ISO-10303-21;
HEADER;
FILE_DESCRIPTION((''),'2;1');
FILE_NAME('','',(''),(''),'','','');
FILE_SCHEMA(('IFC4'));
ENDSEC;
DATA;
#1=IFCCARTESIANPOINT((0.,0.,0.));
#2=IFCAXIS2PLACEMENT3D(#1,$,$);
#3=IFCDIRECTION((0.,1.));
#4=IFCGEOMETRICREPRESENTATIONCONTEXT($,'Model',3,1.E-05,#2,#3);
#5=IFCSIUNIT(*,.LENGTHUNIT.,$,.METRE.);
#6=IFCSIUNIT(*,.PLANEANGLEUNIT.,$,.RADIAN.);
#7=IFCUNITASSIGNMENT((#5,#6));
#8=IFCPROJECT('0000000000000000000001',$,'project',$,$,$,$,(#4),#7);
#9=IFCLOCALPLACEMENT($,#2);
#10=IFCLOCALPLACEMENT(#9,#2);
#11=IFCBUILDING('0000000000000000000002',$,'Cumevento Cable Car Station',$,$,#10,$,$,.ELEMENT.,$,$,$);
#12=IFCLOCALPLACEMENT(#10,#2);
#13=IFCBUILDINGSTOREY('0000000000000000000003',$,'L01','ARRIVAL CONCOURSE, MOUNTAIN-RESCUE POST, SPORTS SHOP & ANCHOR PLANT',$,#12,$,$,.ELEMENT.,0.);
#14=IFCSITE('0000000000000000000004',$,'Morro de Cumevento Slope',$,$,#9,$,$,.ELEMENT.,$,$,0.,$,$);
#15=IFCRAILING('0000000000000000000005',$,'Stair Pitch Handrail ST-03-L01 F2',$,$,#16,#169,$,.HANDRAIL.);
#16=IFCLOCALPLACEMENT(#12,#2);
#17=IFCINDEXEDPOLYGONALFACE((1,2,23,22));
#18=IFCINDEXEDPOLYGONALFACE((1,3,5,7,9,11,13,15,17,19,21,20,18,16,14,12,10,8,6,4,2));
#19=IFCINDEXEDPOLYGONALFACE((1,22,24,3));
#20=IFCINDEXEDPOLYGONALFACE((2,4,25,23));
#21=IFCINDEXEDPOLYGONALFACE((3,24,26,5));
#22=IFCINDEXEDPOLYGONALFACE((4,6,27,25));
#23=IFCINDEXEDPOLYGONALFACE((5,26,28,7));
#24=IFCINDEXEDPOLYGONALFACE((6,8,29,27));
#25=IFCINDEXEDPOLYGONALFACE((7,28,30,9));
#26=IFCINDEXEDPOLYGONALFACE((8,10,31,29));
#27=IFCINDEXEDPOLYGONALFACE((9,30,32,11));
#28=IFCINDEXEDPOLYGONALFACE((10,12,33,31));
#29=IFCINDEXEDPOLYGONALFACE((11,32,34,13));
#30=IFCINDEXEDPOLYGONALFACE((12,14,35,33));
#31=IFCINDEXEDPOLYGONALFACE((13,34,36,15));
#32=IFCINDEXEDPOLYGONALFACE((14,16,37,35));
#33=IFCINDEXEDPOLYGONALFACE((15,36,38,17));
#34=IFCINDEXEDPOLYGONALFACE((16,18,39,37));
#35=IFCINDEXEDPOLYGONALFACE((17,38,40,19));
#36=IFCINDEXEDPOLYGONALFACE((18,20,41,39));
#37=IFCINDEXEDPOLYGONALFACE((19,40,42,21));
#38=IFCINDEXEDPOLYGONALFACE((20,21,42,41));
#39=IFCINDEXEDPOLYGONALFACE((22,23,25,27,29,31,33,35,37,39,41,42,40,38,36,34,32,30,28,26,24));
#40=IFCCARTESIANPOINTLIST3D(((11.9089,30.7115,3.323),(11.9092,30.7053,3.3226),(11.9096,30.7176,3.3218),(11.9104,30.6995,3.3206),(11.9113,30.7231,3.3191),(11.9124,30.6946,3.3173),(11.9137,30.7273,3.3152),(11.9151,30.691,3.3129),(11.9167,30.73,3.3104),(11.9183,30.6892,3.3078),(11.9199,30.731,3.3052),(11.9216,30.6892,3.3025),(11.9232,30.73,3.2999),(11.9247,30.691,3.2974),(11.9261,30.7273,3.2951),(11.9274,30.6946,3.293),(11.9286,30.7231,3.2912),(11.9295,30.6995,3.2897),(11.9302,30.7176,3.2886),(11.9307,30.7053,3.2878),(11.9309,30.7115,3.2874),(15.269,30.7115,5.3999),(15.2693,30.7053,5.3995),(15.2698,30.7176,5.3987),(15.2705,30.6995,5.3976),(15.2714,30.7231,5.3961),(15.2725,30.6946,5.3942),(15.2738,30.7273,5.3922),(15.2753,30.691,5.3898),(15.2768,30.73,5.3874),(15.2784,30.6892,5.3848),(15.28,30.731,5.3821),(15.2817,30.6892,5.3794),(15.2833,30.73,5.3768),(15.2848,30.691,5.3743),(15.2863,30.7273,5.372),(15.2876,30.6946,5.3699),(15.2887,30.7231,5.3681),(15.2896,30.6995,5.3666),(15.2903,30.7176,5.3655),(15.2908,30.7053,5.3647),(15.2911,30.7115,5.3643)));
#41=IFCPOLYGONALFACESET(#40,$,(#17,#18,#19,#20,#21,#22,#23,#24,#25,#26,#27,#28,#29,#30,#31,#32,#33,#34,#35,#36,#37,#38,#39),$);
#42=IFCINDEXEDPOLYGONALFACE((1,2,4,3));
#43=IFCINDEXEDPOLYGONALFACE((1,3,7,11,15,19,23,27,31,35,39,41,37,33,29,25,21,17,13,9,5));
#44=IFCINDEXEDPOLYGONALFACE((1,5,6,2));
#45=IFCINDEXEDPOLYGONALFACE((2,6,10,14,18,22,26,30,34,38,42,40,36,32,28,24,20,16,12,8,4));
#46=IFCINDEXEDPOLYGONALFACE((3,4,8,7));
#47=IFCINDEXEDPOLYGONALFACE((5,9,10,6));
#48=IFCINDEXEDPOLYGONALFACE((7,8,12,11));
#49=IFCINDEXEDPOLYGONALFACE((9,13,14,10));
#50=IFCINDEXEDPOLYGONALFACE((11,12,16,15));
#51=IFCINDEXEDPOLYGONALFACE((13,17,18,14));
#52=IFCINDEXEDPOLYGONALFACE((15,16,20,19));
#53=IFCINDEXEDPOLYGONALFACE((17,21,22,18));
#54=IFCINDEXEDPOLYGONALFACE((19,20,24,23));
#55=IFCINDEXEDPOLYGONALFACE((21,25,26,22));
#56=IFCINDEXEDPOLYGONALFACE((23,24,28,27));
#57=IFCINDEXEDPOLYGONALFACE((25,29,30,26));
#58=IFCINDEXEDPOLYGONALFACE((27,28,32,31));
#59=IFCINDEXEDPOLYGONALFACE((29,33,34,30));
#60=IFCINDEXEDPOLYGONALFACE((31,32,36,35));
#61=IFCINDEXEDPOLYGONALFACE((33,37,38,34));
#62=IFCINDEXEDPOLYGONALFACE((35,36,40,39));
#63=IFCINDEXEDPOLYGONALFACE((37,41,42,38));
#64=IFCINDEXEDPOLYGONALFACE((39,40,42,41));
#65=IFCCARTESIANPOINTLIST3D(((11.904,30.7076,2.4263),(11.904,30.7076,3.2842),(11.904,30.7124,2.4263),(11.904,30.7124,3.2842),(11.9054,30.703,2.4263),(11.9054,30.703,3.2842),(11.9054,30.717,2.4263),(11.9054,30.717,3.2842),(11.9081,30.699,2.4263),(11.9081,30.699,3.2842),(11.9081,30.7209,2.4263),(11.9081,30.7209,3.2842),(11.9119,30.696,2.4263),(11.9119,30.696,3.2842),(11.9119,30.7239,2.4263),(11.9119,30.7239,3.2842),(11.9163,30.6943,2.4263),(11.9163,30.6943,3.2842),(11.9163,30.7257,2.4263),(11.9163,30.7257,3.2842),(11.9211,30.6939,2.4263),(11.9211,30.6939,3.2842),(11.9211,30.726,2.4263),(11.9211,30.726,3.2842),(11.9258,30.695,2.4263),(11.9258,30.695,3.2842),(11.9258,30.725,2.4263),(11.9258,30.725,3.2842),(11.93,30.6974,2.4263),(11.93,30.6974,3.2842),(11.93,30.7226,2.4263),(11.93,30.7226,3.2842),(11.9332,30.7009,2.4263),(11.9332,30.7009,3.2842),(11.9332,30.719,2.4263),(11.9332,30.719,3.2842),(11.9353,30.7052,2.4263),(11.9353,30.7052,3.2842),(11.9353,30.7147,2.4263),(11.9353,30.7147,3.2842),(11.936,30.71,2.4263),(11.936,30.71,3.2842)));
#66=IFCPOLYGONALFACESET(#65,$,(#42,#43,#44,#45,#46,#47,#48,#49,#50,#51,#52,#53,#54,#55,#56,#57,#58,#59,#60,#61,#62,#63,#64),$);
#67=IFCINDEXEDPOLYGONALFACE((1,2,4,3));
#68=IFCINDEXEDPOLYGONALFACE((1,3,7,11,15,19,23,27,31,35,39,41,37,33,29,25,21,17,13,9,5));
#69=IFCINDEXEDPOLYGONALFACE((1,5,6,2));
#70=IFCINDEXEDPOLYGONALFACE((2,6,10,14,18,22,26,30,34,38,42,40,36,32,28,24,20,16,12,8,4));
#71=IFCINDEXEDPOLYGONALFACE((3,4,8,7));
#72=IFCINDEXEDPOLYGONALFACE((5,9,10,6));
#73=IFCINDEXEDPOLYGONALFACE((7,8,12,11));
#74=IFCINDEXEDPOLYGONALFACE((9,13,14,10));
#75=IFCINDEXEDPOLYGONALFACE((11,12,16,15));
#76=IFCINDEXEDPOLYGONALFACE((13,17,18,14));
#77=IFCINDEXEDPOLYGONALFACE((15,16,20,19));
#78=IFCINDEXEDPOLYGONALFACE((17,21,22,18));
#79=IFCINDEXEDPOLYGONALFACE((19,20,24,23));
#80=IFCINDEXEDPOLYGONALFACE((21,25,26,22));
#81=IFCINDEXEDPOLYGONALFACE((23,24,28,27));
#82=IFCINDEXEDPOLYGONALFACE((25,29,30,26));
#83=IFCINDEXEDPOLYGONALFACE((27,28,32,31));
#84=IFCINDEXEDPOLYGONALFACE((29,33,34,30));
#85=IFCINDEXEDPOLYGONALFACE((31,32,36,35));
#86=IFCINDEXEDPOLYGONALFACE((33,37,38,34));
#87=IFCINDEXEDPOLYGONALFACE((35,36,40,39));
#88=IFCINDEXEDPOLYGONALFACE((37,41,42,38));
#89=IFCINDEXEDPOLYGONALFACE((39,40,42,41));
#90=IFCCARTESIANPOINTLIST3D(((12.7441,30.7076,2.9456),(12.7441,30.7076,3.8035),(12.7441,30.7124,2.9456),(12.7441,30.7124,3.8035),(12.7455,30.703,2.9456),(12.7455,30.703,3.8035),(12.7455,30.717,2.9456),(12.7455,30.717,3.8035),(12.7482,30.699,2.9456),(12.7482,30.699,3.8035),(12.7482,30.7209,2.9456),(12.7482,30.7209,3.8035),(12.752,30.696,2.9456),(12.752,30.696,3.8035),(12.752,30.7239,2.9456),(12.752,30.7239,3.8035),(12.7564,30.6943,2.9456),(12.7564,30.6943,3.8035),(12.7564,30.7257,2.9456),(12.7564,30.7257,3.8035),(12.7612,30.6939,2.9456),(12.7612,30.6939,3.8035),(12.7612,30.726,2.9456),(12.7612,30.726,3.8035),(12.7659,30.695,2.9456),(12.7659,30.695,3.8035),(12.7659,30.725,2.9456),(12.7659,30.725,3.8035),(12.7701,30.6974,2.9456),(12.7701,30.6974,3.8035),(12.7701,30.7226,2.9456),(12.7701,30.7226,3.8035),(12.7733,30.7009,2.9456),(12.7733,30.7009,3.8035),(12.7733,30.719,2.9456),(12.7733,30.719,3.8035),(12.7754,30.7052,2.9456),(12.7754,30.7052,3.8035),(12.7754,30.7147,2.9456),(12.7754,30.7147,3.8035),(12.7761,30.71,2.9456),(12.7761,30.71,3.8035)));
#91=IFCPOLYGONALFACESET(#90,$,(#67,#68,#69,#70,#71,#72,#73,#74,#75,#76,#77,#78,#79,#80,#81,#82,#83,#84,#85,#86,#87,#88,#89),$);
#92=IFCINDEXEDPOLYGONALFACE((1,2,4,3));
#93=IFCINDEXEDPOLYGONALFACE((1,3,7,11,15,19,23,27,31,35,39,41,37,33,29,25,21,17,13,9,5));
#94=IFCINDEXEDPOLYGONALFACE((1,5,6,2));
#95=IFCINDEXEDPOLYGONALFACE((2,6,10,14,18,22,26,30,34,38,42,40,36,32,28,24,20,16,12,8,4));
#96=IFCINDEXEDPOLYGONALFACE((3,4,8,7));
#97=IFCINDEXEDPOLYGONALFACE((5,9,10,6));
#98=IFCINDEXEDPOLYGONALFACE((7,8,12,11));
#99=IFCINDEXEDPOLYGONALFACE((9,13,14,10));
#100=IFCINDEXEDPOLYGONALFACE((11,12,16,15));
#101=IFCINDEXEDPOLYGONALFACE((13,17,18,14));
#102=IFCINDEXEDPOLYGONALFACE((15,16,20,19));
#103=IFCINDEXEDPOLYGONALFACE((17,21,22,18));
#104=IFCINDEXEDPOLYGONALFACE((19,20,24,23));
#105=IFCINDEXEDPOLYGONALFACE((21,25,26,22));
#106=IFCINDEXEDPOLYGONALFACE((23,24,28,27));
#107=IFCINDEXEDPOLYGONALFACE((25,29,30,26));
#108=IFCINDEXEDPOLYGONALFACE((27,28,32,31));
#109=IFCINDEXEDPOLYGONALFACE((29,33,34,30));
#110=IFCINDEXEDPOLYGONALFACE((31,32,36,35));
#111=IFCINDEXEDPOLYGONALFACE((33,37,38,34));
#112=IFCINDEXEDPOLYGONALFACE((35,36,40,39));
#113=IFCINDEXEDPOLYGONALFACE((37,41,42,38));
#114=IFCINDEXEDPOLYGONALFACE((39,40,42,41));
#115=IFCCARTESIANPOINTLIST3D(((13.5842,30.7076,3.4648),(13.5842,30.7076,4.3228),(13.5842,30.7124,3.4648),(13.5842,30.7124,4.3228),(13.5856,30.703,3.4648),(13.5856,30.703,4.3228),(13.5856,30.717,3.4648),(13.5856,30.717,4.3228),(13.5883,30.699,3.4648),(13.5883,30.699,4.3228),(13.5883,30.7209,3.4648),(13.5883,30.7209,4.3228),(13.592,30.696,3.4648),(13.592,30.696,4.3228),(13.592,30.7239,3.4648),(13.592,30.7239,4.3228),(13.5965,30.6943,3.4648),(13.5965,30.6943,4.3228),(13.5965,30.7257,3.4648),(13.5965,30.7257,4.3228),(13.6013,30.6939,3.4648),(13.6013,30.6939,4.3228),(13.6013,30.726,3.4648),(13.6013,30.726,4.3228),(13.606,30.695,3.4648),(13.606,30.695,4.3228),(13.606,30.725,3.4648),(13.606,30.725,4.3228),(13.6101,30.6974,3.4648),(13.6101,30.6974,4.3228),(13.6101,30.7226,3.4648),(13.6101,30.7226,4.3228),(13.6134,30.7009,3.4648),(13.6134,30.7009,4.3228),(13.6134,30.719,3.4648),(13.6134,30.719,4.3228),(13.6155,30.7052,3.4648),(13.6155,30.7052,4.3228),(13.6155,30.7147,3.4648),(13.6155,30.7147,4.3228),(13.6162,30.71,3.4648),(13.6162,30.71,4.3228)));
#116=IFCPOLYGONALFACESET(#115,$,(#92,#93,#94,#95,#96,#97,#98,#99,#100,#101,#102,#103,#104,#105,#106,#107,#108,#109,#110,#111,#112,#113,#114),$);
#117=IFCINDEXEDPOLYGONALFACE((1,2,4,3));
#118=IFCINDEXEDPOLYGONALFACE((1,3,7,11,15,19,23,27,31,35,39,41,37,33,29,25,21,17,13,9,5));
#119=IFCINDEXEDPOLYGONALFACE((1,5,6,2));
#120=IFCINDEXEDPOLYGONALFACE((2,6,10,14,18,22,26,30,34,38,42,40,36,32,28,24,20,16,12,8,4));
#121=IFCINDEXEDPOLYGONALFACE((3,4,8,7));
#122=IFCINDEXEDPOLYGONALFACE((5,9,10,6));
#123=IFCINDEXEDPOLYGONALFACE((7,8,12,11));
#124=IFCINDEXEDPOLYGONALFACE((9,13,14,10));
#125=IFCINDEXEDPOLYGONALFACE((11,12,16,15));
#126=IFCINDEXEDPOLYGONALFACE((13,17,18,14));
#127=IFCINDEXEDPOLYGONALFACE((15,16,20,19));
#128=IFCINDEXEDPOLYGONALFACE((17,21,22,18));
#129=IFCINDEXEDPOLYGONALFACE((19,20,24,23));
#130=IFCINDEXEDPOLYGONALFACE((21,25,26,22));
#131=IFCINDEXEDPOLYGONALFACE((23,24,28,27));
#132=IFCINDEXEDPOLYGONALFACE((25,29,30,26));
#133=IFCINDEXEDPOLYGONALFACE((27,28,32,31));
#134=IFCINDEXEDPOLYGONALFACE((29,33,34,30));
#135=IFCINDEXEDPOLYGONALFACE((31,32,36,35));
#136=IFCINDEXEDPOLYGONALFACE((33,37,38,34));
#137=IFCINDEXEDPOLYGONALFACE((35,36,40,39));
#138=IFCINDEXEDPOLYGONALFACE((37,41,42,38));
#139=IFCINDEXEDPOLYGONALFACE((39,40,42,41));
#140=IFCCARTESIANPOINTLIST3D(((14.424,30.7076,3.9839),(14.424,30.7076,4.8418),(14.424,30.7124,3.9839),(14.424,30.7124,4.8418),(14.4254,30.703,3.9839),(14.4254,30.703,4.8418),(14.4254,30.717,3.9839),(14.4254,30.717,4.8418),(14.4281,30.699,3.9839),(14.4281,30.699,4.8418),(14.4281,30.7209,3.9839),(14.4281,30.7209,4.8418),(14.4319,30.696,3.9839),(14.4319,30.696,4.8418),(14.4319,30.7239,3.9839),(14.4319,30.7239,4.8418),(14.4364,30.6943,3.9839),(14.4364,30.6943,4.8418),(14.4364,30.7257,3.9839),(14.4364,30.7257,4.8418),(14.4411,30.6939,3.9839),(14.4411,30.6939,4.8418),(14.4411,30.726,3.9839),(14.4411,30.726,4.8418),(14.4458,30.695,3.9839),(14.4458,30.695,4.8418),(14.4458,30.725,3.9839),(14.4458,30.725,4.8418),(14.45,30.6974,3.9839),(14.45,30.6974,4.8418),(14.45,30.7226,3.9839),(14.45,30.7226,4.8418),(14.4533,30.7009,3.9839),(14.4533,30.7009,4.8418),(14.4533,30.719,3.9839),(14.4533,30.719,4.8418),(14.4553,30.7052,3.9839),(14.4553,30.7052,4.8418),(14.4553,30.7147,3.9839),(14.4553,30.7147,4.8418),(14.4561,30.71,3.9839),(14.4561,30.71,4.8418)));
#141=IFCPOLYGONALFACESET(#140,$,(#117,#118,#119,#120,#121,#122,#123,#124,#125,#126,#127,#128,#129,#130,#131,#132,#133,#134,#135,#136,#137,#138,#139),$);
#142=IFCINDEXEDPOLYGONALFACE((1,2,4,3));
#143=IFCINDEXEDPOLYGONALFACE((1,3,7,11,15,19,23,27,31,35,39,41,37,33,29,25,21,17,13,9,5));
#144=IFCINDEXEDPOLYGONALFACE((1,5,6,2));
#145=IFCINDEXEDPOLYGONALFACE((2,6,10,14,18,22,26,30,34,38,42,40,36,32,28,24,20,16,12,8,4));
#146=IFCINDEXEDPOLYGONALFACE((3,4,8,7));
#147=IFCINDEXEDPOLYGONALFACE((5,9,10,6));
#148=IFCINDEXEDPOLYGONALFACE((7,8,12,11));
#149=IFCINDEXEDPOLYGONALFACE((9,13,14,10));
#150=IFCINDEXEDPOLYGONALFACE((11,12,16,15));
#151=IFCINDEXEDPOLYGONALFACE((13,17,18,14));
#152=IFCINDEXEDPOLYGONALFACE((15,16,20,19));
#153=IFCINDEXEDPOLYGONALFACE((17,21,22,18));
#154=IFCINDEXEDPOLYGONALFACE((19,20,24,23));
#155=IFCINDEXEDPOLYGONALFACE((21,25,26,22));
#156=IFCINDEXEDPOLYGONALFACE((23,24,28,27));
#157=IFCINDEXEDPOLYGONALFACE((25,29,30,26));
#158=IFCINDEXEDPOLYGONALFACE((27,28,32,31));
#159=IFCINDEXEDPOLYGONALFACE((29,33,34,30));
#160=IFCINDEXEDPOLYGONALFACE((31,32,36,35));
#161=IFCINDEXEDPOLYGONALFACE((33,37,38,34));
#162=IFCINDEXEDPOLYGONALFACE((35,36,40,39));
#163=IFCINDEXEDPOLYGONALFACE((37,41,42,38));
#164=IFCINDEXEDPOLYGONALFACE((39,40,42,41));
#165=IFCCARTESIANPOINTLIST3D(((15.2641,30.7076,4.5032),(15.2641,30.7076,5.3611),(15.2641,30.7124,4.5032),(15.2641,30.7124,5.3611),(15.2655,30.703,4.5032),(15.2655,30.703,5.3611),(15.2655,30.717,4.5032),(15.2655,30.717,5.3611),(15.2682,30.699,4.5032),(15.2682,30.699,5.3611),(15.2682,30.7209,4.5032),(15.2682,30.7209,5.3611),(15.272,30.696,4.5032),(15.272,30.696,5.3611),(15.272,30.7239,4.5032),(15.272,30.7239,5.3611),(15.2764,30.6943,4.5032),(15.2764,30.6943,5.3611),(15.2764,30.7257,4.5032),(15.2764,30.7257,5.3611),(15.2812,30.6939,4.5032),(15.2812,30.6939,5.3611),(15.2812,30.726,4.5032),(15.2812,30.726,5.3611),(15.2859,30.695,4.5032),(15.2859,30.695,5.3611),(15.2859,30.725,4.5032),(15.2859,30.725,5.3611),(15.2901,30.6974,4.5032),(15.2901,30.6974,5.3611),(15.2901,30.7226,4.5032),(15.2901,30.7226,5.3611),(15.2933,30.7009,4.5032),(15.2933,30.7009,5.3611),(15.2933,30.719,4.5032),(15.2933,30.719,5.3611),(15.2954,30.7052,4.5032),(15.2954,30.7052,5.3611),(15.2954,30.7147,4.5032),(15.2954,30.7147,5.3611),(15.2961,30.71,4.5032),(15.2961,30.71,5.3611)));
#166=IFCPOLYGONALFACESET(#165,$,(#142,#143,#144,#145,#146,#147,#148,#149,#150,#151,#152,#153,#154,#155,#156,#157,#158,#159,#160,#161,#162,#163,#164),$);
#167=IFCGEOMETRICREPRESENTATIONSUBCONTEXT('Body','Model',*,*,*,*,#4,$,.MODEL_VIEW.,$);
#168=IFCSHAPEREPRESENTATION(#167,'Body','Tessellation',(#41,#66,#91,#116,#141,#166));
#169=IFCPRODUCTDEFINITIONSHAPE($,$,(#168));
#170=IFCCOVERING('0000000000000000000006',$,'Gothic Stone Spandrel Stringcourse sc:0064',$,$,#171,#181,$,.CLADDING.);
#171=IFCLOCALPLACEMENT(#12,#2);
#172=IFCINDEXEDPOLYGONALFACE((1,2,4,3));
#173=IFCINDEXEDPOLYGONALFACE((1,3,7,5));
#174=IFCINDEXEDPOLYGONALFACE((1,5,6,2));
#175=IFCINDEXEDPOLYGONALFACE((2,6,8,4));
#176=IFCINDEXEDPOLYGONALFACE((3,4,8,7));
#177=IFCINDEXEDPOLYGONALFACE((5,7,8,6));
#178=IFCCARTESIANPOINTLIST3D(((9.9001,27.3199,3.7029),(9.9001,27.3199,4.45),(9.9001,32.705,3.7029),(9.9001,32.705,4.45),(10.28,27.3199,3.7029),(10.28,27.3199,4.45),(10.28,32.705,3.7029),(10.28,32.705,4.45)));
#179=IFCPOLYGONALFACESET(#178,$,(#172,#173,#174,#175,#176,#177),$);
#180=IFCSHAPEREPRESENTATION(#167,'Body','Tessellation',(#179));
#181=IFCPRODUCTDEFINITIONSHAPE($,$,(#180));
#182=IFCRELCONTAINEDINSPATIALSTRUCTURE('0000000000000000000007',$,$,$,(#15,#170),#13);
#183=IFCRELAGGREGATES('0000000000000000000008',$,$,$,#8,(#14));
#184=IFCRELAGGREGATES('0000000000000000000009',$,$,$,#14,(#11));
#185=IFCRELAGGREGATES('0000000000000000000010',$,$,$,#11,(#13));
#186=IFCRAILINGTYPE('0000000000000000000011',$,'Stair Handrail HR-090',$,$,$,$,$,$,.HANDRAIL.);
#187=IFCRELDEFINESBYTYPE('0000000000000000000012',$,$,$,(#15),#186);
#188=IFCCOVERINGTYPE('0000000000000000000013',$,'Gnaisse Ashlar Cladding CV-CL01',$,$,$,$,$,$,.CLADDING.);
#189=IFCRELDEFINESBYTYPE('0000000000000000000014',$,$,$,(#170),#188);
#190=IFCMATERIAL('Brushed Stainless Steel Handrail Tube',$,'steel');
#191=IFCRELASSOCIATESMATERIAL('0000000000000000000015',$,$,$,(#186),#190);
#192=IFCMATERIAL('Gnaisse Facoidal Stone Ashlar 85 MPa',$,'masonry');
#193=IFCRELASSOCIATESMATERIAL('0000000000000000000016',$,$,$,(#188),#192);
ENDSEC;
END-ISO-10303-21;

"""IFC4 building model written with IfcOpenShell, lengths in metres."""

from ifc_helpers import new_model, si_unit, direction, frame, origin, origin_2d, place, context, subcontext, project, spatial, rectangle, circle, extrude, material, type_object, element, save


model = new_model("IFC4")

# Units and contexts
model_context = context("Model", 3, precision=1e-05, world=origin(), true_north=direction((0.0, 1.0)))
body_context = subcontext(model_context, "Body", "Model", "MODEL_VIEW")
ifc_project = project(units=[si_unit("LENGTHUNIT", "METRE"), si_unit("PLANEANGLEUNIT", "RADIAN")], contexts=[model_context])

# Site, building, storey
site_placement = place(None, origin())
site = spatial("IfcSite", under=ifc_project, at=site_placement, Name="Morro de Cumevento Slope", CompositionType="ELEMENT", RefElevation=0.0)
building_placement = place(site_placement, origin())
building = spatial("IfcBuilding", under=site, at=building_placement, Name="Cumevento Cable Car Station", CompositionType="ELEMENT")
storey_placement = place(building_placement, origin())
storey = spatial("IfcBuildingStorey", under=building, at=storey_placement, Name="L01", Description="ARRIVAL CONCOURSE, MOUNTAIN-RESCUE POST, SPORTS SHOP & ANCHOR PLANT", CompositionType="ELEMENT", Elevation=0.0)

# Railing
ifc_material_1 = material(Name="Brushed Stainless Steel Handrail Tube", Category="steel")
railing_type_1 = type_object("IfcRailingType", Name="Stair Handrail HR-090", PredefinedType="HANDRAIL", material=ifc_material_1)
railing_1_placement = place(storey_placement, frame((11.9199, 30.71, 2.4263)))
element("IfcRailing", 1, at=railing_1_placement, inside=storey, type_object=railing_type_1, Name="Stair Pitch Handrail ST-03-L01 F2", PredefinedType="HANDRAIL", context=body_context, shape_type="SweptSolid", body=[
    extrude(circle(Radius=0.021, at=origin_2d()), frame((0.0, 0.0, 0.8789), z_axis=(0.850623, 0.0, 0.525776), x_axis=(0.0, 1.0, 0.0)), (0.0, 0.0, 1.0), 3.9502),
    extrude(circle(Radius=0.0161, at=origin_2d()), origin(), (0.0, 0.0, 1.0), 0.8579),
    extrude(circle(Radius=0.0161, at=origin_2d()), frame((0.8401, 0.0, 0.5193)), (0.0, 0.0, 1.0), 0.8579),
    extrude(circle(Radius=0.0161, at=origin_2d()), frame((1.6802, 0.0, 1.0386)), (0.0, 0.0, 1.0), 0.8579),
    extrude(circle(Radius=0.0161, at=origin_2d()), frame((2.52, 0.0, 1.5576)), (0.0, 0.0, 1.0), 0.8579),
    extrude(circle(Radius=0.0161, at=origin_2d()), frame((3.3601, 0.0, 2.0769)), (0.0, 0.0, 1.0), 0.8579),
])

# Covering
ifc_material_2 = material(Name="Gnaisse Facoidal Stone Ashlar 85 MPa", Category="masonry")
covering_type = type_object("IfcCoveringType", Name="Gnaisse Ashlar Cladding CV-CL01", PredefinedType="CLADDING", material=ifc_material_2)
covering_1_placement = place(storey_placement, frame((10.0901, 30.0125, 3.7029), z_axis=(0.0, 0.0, 1.0), x_axis=(0.0, 1.0, 0.0)))
element("IfcCovering", 2, at=covering_1_placement, inside=storey, type_object=covering_type, Name="Gothic Stone Spandrel Stringcourse sc:0064", PredefinedType="CLADDING", context=body_context, shape_type="SweptSolid", body=[
    extrude(rectangle(XDim=5.385, YDim=0.3799, at=origin_2d()), origin(), (0.0, 0.0, 1.0), 0.7471),
])

save(model, "model.ifc")
